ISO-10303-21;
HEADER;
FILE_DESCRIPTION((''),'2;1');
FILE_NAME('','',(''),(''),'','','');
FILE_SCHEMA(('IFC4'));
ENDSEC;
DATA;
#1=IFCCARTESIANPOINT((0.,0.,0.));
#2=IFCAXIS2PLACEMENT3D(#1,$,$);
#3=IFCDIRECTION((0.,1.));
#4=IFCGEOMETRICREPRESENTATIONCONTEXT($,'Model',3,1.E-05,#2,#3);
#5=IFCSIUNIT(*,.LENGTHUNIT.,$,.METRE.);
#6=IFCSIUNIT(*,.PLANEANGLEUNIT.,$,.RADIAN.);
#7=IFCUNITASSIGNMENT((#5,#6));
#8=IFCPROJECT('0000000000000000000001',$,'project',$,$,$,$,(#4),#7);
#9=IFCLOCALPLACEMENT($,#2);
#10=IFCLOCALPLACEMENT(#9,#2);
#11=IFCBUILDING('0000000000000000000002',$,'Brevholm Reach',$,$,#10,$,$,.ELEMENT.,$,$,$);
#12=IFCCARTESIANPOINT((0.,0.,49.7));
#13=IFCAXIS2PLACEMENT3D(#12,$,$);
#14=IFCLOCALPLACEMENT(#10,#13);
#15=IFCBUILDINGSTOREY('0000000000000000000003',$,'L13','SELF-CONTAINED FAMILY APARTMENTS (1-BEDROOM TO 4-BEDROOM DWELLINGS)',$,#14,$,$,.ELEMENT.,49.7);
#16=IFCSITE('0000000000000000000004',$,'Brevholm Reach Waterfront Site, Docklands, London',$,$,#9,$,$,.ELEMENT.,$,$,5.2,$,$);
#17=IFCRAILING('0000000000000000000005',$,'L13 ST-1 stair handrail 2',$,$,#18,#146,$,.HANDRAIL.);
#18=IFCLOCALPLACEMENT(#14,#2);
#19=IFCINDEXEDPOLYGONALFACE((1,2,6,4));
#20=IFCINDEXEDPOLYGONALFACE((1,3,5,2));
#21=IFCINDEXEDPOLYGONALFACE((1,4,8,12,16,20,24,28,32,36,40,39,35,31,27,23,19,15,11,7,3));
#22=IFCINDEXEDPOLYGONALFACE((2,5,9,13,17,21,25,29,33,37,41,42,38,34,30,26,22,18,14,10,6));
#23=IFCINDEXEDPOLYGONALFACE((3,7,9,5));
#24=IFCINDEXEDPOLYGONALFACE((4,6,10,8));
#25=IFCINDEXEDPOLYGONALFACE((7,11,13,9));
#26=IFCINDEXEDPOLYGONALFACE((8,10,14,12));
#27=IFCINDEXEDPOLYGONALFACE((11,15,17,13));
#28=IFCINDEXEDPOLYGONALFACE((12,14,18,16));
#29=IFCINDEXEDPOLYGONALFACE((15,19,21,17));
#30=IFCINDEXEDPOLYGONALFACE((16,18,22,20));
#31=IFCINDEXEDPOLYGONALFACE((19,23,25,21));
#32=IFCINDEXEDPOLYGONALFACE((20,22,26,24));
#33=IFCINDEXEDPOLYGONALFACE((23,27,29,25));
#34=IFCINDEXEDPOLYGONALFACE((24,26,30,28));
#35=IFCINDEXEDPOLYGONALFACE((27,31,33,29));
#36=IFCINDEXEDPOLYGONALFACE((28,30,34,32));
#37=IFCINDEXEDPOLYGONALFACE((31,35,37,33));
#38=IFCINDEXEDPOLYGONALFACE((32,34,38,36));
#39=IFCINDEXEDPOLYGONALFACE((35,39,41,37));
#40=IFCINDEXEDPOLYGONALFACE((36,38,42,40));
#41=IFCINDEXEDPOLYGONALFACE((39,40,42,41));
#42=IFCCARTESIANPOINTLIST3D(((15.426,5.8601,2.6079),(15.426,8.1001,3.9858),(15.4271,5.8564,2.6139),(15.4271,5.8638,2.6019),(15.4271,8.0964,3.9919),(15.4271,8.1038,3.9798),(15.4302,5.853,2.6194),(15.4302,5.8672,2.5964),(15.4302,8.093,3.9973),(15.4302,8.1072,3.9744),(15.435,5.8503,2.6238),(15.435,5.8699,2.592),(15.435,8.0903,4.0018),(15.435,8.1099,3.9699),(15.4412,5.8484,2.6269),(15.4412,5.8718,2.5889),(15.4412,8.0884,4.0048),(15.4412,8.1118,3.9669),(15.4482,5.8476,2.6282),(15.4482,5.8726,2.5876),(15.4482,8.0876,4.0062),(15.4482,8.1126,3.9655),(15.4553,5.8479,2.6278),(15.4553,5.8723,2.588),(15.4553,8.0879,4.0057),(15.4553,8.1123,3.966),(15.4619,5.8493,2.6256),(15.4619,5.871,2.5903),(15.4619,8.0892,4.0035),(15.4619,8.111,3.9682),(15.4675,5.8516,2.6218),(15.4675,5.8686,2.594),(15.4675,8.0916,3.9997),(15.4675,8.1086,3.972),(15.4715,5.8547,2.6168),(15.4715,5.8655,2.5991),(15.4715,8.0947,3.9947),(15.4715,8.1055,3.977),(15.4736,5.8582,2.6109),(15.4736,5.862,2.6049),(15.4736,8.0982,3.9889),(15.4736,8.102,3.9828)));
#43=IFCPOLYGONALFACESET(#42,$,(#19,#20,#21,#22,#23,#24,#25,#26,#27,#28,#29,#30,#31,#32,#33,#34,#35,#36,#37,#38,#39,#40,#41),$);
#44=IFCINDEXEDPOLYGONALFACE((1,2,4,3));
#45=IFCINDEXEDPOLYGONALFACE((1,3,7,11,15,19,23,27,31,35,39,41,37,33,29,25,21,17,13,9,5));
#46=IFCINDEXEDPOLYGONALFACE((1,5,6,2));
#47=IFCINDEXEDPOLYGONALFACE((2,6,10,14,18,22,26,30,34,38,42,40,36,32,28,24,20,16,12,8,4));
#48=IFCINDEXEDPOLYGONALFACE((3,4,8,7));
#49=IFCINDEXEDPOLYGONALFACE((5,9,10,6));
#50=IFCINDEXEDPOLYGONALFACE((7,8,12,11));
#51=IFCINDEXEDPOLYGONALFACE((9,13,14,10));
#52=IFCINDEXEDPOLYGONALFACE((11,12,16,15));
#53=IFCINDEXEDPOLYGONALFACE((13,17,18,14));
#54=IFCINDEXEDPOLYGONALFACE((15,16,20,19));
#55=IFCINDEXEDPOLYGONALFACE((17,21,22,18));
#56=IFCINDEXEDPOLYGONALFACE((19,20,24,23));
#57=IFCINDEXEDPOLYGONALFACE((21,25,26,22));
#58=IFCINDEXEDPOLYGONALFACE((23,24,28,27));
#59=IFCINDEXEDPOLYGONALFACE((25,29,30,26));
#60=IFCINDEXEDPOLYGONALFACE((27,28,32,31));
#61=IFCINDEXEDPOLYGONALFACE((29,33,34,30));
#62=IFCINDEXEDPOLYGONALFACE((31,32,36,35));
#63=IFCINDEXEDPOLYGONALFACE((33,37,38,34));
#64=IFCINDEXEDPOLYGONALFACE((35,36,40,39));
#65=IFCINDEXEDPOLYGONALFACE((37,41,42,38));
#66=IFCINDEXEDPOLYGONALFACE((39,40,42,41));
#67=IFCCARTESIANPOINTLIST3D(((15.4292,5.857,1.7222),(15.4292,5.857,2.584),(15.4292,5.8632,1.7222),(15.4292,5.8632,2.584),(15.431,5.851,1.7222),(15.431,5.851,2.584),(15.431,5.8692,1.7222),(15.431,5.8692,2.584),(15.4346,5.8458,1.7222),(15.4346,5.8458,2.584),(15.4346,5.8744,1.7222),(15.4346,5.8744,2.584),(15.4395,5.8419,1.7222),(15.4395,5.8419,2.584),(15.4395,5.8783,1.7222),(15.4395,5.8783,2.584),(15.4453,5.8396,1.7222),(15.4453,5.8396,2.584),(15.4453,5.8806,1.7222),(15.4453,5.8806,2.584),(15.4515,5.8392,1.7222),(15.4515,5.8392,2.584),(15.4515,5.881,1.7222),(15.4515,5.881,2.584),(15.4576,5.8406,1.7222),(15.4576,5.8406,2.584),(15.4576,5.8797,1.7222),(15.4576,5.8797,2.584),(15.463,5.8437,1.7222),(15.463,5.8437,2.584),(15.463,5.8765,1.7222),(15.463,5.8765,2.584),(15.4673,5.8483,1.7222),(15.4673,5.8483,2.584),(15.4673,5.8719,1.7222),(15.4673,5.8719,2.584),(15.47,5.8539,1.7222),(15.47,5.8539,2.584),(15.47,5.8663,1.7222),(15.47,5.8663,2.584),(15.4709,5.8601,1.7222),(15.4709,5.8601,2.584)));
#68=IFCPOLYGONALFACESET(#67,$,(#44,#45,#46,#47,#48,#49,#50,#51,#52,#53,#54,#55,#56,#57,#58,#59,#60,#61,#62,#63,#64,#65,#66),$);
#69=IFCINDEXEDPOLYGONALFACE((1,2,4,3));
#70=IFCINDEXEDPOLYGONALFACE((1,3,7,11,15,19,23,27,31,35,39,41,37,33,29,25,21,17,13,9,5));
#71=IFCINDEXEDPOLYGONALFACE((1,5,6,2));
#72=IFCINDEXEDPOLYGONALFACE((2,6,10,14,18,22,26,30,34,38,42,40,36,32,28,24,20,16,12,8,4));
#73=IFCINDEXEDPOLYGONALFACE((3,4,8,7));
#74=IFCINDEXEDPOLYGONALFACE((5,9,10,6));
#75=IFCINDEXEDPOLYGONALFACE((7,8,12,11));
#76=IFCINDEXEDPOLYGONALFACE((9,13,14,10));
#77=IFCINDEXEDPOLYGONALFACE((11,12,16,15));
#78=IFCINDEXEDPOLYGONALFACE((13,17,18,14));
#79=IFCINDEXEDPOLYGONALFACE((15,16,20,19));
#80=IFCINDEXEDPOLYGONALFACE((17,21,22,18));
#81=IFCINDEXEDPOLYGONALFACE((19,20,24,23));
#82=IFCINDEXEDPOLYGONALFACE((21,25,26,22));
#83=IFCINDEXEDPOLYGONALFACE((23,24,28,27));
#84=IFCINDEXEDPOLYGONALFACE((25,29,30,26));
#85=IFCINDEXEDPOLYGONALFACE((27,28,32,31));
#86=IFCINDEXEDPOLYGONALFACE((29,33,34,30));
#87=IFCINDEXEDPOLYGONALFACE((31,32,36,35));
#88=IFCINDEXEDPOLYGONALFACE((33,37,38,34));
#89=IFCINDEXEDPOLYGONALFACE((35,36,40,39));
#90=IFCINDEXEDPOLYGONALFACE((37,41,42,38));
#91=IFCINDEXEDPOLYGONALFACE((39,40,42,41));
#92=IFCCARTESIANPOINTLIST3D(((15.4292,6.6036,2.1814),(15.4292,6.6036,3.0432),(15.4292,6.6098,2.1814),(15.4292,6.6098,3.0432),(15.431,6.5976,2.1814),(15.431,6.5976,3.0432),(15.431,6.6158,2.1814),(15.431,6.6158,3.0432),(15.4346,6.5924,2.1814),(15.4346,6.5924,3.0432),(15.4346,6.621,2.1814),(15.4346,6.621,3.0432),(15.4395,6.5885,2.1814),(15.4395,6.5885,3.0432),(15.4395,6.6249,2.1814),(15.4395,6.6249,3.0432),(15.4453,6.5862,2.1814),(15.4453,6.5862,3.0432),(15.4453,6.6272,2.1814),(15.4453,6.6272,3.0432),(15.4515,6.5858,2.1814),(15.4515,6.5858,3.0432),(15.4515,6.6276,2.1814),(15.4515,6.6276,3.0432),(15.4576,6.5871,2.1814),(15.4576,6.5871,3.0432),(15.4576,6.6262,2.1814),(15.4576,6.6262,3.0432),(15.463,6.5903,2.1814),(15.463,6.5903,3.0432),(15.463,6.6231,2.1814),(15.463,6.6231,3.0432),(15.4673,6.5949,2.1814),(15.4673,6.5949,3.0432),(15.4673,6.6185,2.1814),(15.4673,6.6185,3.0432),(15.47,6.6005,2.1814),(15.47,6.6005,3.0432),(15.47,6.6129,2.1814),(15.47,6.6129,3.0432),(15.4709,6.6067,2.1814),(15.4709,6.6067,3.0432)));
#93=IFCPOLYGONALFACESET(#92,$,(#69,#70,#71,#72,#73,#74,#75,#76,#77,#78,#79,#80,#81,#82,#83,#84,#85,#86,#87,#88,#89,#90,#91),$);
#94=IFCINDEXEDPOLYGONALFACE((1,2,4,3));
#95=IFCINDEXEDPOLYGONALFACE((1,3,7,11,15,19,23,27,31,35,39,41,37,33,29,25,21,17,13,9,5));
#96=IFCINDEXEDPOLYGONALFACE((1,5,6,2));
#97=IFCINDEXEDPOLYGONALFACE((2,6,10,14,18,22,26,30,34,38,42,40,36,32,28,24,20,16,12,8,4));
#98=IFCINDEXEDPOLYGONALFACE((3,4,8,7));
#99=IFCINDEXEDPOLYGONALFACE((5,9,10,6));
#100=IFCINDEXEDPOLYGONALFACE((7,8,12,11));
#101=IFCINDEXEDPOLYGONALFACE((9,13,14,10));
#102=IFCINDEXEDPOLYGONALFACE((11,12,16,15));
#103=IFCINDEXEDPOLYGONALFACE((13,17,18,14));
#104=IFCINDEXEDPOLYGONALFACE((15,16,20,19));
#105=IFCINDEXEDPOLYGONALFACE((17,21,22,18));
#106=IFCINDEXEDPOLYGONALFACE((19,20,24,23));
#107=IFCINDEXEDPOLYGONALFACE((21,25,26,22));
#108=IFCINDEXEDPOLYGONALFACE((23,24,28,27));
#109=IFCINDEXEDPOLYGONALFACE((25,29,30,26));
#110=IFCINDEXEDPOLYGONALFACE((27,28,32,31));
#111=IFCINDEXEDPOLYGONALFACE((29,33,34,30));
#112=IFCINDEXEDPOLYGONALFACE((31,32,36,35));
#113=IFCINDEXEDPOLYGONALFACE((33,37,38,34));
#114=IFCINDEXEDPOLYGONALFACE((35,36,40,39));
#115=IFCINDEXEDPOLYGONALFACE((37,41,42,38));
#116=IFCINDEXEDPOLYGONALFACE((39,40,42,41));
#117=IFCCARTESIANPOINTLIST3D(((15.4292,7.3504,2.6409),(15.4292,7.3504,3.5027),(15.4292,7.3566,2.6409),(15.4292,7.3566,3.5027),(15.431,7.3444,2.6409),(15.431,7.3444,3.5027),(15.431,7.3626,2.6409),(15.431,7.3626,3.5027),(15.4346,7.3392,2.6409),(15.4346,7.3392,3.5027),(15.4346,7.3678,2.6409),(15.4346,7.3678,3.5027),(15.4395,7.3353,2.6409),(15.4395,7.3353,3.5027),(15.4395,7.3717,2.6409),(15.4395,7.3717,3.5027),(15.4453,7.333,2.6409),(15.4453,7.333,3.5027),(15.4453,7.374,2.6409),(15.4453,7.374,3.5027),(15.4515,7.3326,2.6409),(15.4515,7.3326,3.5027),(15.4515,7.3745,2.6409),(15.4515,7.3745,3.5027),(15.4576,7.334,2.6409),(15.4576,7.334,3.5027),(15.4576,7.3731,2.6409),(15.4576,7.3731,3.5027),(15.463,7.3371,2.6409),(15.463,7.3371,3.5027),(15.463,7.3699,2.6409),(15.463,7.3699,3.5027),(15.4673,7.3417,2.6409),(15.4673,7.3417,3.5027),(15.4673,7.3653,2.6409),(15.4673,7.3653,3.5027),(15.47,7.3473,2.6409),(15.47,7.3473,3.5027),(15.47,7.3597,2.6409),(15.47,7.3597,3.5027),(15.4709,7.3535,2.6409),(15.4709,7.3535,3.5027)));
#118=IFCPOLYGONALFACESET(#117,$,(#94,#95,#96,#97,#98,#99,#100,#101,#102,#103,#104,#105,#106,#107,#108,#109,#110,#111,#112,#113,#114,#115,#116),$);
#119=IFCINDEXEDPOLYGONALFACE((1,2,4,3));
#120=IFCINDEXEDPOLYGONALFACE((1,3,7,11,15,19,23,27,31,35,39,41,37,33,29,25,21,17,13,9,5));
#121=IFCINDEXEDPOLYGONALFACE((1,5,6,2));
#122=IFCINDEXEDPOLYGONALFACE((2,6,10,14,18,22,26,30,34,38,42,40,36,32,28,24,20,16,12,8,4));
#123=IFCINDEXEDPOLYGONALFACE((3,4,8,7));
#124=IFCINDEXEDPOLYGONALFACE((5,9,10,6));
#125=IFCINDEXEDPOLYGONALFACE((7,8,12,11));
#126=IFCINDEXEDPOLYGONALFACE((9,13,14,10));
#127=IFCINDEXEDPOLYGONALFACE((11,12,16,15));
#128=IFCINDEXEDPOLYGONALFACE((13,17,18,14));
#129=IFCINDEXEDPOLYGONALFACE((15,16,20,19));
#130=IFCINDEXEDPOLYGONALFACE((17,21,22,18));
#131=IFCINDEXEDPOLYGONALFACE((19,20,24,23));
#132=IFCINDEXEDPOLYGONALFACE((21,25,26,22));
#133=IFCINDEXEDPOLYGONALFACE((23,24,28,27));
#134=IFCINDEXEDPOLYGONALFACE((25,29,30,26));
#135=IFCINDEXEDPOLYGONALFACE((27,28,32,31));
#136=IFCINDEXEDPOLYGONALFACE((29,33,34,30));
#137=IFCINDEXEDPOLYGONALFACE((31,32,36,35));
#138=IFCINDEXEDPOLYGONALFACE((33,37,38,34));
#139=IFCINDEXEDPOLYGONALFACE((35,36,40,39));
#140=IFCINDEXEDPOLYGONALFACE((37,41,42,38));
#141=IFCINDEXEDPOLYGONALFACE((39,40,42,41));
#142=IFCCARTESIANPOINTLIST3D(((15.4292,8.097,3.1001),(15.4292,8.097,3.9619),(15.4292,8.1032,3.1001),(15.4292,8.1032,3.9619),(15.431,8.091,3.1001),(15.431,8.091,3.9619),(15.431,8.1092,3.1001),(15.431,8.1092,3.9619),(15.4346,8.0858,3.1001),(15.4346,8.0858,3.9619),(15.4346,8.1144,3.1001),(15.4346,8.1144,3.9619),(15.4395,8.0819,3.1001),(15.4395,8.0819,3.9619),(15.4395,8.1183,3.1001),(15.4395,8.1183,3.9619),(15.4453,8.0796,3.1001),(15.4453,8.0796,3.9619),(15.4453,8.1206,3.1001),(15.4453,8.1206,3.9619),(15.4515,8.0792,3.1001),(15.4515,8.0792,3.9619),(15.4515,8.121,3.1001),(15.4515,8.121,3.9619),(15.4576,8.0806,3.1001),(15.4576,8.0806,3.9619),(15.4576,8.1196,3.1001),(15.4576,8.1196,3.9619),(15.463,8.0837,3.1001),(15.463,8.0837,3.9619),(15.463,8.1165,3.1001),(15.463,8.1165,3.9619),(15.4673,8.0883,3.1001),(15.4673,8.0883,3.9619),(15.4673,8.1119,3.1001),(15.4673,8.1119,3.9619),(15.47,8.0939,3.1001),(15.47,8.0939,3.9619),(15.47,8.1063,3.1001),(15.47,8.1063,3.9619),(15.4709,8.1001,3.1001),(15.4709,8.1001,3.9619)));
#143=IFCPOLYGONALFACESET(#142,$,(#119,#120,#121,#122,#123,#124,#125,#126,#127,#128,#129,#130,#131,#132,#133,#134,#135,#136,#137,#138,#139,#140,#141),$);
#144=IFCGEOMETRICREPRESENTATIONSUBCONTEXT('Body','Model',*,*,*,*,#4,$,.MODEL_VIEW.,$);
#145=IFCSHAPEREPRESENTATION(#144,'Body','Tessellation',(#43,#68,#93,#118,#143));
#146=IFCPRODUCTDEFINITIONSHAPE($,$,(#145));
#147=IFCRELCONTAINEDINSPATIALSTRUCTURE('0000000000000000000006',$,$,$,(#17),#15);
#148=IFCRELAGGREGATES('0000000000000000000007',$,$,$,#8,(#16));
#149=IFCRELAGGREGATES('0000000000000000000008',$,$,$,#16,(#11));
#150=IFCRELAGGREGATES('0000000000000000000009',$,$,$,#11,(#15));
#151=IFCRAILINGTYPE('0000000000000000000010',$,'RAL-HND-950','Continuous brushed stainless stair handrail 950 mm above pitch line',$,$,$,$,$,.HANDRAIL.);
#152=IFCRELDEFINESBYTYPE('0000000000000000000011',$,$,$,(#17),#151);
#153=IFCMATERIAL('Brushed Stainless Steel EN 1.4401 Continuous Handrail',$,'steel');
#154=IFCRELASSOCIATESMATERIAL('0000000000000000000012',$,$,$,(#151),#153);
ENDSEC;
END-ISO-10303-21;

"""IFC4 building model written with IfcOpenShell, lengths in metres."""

from ifc_helpers import new_model, si_unit, direction, frame, origin, origin_2d, place, context, subcontext, project, spatial, circle, extrude, material, type_object, element, save


model = new_model("IFC4")

# Units and contexts
model_context = context("Model", 3, precision=1e-05, world=origin(), true_north=direction((0.0, 1.0)))
body_context = subcontext(model_context, "Body", "Model", "MODEL_VIEW")
ifc_project = project(units=[si_unit("LENGTHUNIT", "METRE"), si_unit("PLANEANGLEUNIT", "RADIAN")], contexts=[model_context])

# Site, building, storey
site_placement = place(None, origin())
site = spatial("IfcSite", under=ifc_project, at=site_placement, Name="Brevholm Reach Waterfront Site, Docklands, London", CompositionType="ELEMENT", RefElevation=5.2)
building_placement = place(site_placement, origin())
building = spatial("IfcBuilding", under=site, at=building_placement, Name="Brevholm Reach", CompositionType="ELEMENT")
storey_placement = place(building_placement, frame((0.0, 0.0, 49.7)))
storey = spatial("IfcBuildingStorey", under=building, at=storey_placement, Name="L13", Description="SELF-CONTAINED FAMILY APARTMENTS (1-BEDROOM TO 4-BEDROOM DWELLINGS)", CompositionType="ELEMENT", Elevation=49.7)

# Railing
ifc_material_1 = material(Name="Brushed Stainless Steel EN 1.4401 Continuous Handrail", Category="steel")
railing_type_1 = type_object("IfcRailingType", Name="RAL-HND-950", Description="Continuous brushed stainless stair handrail 950 mm above pitch line", PredefinedType="HANDRAIL", material=ifc_material_1)
railing_1_placement = place(storey_placement, frame((15.45, 5.8601, 1.7222)))
element("IfcRailing", 1, at=railing_1_placement, inside=storey, type_object=railing_type_1, Name="L13 ST-1 stair handrail 2", PredefinedType="HANDRAIL", context=body_context, shape_type="SweptSolid", body=[
    extrude(circle(Radius=0.0239, at=origin_2d()), frame((0.0, 0.0, 0.8857), z_axis=(0.0, 0.851748, 0.523952), x_axis=(-1.0, 0.0, 0.0)), (0.0, 0.0, 1.0), 2.6299),
    extrude(circle(Radius=0.021, at=origin_2d()), origin(), (0.0, 0.0, 1.0), 0.8618),
    extrude(circle(Radius=0.021, at=origin_2d()), frame((0.0, 0.7466, 0.4592)), (0.0, 0.0, 1.0), 0.8618),
    extrude(circle(Radius=0.021, at=origin_2d()), frame((0.0, 1.4934, 0.9187)), (0.0, 0.0, 1.0), 0.8618),
    extrude(circle(Radius=0.021, at=origin_2d()), frame((0.0, 2.24, 1.3779)), (0.0, 0.0, 1.0), 0.8618),
])

save(model, "model.ifc")
